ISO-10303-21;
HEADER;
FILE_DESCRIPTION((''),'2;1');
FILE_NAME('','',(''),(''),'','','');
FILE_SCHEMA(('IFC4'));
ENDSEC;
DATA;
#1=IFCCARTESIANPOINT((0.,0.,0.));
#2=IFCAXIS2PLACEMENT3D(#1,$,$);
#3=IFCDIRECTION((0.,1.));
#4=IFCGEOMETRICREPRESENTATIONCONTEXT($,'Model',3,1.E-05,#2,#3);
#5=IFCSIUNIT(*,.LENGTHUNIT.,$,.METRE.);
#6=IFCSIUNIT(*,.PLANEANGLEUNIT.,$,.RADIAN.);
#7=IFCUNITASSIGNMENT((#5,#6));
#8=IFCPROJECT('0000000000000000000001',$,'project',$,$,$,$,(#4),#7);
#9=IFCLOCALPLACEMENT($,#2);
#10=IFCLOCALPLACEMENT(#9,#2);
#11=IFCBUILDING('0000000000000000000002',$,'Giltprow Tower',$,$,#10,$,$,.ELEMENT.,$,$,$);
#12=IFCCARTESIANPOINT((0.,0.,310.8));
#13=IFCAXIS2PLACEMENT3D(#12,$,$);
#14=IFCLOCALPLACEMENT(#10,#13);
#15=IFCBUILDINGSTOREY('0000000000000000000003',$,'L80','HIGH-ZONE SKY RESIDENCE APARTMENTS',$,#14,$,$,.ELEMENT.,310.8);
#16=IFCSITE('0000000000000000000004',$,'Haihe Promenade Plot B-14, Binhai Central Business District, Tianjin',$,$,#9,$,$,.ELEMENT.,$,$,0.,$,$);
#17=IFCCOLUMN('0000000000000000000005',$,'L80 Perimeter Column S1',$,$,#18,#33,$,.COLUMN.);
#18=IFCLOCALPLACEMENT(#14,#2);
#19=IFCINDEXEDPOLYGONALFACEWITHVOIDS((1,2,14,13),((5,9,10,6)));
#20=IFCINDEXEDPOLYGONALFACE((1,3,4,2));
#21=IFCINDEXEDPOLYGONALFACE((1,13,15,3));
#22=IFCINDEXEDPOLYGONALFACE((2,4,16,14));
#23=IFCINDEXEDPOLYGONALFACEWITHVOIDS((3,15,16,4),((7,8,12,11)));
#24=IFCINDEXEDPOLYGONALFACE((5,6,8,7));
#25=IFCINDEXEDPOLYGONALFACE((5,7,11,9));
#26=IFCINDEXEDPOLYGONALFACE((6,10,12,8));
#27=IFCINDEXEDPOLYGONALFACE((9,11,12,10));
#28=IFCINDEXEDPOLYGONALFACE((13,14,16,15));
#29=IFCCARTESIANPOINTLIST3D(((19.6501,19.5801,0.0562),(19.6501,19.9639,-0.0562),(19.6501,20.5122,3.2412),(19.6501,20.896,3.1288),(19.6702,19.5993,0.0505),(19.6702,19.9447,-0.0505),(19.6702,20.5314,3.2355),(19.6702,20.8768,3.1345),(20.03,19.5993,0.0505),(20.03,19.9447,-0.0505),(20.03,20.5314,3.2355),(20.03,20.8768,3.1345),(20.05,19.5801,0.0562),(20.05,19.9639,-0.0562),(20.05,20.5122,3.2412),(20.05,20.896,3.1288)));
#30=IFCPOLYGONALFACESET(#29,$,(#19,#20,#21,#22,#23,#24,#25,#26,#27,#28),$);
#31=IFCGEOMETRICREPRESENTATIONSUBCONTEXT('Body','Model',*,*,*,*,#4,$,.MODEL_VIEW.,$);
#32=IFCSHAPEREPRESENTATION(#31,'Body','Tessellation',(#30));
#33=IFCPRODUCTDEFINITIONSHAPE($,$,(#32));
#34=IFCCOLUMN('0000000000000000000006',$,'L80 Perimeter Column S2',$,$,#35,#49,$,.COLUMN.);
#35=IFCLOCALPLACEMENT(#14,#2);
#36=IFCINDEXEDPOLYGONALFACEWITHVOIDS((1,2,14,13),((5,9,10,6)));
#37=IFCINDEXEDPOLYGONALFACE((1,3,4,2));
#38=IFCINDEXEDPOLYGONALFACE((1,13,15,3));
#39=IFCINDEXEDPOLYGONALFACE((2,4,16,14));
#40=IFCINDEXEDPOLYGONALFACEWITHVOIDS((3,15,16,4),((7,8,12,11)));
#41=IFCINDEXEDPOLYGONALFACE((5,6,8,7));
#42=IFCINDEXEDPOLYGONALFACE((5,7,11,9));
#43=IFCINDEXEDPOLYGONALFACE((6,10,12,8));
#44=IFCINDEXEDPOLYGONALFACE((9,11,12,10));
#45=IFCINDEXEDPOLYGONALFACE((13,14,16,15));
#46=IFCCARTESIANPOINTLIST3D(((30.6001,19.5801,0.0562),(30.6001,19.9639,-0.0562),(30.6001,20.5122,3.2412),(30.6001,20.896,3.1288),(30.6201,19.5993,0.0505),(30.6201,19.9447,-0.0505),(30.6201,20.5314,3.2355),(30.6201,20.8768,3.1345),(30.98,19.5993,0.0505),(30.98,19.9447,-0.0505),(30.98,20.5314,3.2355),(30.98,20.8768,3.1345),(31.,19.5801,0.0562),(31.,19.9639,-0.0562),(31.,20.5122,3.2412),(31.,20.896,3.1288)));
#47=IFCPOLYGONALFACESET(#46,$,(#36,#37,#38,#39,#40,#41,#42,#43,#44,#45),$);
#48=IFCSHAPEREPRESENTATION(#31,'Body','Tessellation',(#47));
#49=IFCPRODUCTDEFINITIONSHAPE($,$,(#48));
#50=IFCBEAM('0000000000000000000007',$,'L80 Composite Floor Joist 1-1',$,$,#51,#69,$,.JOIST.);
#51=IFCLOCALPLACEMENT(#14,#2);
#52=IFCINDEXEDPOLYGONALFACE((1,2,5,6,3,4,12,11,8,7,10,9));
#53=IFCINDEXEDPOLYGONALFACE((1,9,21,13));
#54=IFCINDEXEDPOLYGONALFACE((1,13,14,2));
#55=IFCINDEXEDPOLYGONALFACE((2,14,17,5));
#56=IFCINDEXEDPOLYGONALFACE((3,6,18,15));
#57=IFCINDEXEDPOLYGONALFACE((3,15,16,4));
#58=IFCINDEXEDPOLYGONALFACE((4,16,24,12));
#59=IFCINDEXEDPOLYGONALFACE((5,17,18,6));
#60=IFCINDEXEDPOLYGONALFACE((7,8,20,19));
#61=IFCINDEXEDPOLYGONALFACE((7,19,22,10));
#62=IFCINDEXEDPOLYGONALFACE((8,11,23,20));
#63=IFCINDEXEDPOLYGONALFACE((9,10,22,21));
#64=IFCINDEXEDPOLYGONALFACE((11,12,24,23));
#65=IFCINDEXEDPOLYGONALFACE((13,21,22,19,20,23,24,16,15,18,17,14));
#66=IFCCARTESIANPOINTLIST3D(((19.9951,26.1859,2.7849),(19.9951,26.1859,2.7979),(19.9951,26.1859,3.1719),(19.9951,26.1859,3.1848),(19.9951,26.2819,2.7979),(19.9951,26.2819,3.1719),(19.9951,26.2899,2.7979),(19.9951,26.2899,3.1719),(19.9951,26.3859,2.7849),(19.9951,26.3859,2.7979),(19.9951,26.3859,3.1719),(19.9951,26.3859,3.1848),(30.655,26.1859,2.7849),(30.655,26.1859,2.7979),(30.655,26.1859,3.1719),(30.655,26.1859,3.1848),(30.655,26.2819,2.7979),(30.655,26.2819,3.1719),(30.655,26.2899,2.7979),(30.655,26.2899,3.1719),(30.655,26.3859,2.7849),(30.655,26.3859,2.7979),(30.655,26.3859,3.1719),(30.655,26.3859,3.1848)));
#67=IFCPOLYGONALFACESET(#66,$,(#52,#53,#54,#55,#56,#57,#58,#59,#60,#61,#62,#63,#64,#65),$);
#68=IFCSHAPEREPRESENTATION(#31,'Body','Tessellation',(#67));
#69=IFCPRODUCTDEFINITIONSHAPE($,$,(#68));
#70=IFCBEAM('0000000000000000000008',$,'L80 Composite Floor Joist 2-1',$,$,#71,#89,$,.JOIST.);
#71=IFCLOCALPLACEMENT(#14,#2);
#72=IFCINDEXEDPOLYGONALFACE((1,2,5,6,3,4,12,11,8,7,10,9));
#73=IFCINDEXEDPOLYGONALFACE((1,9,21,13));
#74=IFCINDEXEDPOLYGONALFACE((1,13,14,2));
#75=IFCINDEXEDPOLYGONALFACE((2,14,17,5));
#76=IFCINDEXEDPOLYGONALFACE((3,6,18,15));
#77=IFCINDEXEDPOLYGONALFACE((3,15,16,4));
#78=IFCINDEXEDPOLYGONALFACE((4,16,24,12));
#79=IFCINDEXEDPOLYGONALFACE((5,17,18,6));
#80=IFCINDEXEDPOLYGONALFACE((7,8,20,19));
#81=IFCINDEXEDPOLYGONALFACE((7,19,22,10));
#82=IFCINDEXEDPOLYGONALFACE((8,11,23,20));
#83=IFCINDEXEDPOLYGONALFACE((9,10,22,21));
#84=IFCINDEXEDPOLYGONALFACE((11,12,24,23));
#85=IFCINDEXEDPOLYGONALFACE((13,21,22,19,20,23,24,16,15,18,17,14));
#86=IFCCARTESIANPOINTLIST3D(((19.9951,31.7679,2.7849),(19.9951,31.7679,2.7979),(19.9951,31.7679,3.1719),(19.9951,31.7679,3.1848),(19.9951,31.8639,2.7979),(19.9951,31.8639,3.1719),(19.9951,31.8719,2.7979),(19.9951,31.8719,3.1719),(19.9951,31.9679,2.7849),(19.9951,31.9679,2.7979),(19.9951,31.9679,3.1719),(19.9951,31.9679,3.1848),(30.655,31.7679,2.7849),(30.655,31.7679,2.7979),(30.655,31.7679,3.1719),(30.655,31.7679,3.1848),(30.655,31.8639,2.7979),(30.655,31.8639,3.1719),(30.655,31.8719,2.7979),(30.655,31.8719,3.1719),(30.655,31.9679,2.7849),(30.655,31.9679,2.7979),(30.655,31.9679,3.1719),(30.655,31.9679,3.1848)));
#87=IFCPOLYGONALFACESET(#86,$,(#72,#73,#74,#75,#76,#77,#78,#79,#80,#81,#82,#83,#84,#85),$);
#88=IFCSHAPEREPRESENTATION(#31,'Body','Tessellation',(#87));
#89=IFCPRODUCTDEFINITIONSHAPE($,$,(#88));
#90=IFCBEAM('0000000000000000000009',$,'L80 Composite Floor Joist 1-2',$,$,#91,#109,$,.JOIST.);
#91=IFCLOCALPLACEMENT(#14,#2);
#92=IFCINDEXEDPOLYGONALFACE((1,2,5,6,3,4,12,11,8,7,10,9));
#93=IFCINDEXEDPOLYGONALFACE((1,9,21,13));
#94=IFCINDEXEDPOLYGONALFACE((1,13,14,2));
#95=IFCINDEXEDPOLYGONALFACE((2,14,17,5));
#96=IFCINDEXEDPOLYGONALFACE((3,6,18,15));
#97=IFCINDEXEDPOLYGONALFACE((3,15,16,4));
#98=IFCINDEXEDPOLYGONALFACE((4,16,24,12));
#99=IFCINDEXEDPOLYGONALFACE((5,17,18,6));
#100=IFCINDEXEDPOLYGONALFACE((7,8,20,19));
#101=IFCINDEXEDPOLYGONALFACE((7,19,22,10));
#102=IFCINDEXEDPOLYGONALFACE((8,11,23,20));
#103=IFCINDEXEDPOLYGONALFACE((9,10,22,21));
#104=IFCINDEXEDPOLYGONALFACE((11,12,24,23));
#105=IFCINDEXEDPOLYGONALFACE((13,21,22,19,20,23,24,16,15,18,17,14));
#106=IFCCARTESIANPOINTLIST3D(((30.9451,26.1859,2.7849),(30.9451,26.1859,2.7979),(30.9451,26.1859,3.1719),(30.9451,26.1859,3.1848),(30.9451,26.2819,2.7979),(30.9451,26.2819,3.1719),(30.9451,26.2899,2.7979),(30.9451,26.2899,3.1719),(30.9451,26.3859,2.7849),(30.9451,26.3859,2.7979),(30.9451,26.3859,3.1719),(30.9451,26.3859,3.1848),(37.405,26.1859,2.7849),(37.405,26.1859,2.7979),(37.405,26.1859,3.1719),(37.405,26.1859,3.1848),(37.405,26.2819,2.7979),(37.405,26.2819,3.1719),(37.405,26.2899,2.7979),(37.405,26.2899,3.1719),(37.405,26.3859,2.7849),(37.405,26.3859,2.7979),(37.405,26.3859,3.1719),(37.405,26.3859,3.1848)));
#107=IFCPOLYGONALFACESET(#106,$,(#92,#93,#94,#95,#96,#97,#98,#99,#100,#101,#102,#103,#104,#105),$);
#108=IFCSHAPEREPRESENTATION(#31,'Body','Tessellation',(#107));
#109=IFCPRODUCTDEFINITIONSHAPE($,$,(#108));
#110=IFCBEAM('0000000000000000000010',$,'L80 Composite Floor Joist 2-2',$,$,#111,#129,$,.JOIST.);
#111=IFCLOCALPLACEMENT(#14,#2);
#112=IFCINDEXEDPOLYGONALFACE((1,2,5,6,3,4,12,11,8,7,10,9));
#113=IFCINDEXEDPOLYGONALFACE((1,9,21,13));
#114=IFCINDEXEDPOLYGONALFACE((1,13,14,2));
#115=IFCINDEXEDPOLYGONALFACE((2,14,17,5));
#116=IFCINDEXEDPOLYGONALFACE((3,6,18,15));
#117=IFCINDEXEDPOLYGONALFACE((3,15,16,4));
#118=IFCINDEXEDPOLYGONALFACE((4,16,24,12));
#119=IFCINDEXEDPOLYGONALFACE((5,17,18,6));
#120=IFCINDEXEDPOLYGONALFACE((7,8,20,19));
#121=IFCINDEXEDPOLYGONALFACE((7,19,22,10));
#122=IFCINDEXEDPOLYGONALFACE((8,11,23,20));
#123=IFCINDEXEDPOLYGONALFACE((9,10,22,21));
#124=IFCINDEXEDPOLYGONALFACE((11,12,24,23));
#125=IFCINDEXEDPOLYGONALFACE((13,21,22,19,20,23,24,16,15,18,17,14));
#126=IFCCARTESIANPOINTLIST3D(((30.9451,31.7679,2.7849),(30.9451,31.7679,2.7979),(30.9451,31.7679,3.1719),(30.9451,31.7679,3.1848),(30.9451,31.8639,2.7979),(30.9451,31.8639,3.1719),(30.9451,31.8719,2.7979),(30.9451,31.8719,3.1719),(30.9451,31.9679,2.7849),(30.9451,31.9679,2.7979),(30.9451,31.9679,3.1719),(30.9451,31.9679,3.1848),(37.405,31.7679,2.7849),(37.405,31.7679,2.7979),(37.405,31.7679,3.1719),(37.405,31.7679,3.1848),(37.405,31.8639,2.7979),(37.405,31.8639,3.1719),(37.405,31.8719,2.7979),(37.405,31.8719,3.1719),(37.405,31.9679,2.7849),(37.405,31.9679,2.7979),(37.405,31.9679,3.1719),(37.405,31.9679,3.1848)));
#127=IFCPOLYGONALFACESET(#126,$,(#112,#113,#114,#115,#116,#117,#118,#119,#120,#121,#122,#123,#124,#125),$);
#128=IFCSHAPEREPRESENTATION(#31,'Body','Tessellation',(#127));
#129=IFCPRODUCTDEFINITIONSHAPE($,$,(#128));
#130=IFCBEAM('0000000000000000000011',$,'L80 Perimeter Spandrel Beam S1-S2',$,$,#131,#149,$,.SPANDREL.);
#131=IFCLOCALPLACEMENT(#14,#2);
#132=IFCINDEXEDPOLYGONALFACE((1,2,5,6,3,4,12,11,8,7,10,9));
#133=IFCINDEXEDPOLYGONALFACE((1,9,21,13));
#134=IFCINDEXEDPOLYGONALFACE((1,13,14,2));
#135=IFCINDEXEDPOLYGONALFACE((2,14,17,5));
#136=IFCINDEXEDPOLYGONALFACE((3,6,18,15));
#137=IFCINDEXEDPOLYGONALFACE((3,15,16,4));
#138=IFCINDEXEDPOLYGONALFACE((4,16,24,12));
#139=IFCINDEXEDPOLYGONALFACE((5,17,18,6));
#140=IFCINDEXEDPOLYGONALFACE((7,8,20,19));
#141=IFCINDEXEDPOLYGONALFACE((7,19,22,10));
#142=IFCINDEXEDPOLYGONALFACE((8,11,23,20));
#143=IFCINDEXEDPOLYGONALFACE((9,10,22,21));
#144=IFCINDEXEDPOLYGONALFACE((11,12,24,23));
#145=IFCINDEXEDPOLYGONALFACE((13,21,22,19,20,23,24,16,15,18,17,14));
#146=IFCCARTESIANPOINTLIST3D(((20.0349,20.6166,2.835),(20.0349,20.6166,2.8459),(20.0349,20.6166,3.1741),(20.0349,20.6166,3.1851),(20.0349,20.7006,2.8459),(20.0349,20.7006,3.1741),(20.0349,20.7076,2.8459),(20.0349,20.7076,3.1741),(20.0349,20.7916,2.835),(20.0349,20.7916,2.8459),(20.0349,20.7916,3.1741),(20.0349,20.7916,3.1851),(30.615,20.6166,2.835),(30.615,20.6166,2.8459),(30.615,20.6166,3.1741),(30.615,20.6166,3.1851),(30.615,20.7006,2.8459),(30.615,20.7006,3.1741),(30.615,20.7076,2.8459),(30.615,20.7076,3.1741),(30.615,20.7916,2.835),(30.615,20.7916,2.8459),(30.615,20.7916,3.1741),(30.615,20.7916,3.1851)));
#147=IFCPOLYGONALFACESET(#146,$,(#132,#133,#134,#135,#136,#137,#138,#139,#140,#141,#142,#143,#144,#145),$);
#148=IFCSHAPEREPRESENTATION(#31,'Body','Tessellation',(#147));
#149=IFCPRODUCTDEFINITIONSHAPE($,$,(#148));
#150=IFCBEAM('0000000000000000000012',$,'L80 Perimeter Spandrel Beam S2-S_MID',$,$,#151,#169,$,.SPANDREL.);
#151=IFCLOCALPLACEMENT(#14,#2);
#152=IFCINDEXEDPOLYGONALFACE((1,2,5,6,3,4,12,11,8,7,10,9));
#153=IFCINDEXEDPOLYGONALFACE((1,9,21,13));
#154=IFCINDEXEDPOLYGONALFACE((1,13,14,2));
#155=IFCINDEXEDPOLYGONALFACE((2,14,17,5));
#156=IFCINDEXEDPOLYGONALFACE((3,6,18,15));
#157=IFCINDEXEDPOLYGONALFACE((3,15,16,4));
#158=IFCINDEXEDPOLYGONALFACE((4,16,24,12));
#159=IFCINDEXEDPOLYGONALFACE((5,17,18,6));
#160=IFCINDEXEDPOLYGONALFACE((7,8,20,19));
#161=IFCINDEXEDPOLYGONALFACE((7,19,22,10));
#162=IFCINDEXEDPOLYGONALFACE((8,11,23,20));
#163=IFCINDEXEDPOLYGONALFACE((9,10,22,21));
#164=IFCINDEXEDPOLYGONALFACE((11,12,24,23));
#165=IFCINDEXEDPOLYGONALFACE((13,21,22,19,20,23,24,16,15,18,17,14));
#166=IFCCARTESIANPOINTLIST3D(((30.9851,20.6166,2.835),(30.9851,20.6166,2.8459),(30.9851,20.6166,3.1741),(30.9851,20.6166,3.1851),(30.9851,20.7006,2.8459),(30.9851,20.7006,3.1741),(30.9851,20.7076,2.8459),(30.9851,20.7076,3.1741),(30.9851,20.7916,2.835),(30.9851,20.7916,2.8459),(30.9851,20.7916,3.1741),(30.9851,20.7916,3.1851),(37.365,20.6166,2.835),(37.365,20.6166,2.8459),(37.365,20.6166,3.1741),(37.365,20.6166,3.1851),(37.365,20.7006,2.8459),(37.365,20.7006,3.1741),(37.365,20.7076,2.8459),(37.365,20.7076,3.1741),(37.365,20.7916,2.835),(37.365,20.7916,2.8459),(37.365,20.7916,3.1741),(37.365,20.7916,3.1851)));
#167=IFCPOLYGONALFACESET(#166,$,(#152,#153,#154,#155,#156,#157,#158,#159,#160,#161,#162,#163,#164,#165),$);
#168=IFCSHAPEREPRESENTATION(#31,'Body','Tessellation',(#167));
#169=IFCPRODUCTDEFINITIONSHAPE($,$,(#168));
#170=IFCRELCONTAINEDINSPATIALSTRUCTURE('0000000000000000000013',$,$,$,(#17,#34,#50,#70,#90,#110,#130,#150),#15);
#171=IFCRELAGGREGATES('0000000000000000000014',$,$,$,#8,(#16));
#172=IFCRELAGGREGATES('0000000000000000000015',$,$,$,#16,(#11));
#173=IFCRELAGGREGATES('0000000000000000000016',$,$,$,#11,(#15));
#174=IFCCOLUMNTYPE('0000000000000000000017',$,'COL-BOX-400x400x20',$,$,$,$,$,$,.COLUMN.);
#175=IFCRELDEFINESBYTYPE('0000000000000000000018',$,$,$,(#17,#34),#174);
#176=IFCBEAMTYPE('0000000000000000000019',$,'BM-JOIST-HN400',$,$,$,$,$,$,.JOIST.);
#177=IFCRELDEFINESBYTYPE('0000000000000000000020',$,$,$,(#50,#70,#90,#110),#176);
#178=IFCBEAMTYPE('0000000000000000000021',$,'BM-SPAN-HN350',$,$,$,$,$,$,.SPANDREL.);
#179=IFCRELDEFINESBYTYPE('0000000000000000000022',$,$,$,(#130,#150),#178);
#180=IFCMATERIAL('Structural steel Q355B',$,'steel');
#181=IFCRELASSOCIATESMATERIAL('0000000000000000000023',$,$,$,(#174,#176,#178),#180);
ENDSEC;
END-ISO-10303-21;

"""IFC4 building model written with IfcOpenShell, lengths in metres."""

from ifc_helpers import new_model, si_unit, direction, frame, origin, origin_2d, place, context, subcontext, project, spatial, hollow_rectangle, i_section, extrude, source, transform, mapped, material, material_profile, profile_set, type_object, element, save


model = new_model("IFC4")

# Units and contexts
model_context = context("Model", 3, precision=1e-05, world=origin(), true_north=direction((0.0, 1.0)))
body_context = subcontext(model_context, "Body", "Model", "MODEL_VIEW")
ifc_project = project(units=[si_unit("LENGTHUNIT", "METRE"), si_unit("PLANEANGLEUNIT", "RADIAN")], contexts=[model_context])

# Site, building, storey
site_placement = place(None, origin())
site = spatial("IfcSite", under=ifc_project, at=site_placement, Name="Haihe Promenade Plot B-14, Binhai Central Business District, Tianjin", CompositionType="ELEMENT", RefElevation=0.0)
building_placement = place(site_placement, origin())
building = spatial("IfcBuilding", under=site, at=building_placement, Name="Giltprow Tower", CompositionType="ELEMENT")
storey_placement = place(building_placement, frame((0.0, 0.0, 310.8)))
storey = spatial("IfcBuildingStorey", under=building, at=storey_placement, Name="L80", Description="HIGH-ZONE SKY RESIDENCE APARTMENTS", CompositionType="ELEMENT", Elevation=310.8)

# Columns
ifc_material_1 = material(Name="Structural steel Q355B", Category="steel")
ifc_material_profile_1 = material_profile(ifc_material_1, hollow_rectangle(XDim=0.3999, YDim=0.3999, WallThickness=0.02, at=origin_2d()), Name="BOX 400x400x20")
ifc_profile_set_1 = profile_set([ifc_material_profile_1], Name="Structural steel Q355B")
column_type = type_object("IfcColumnType", Name="COL-BOX-400x400x20", PredefinedType="COLUMN", material=ifc_profile_set_1)
shared_shape_1 = source(origin(), body_context, "Body", "SweptSolid", [
    extrude(hollow_rectangle(XDim=0.3999, YDim=0.3999, WallThickness=0.02, at=origin_2d()), origin(), (0.0, 0.0, 1.0), 3.3186),
])
for number, where, z_axis, x_axis, name in (
    (1, (19.8501, 19.772, 0.0), (0.0, 0.280876, 0.959744), (-1.0, 0.0, 0.0), "L80 Perimeter Column S1"),
    (2, (30.8, 19.772, 0.0), (0.0, 0.280876, 0.959744), (-1.0, 0.0, 0.0), "L80 Perimeter Column S2"),
):
    element("IfcColumn", number, at=place(storey_placement, frame(where, z_axis=z_axis, x_axis=x_axis)), inside=storey, type_object=column_type, Name=name, PredefinedType="COLUMN", context=body_context, shape_type="MappedRepresentation", body=[
        mapped(shared_shape_1, transform((0.0, 0.0, 0.0), x_axis=(1.0, 0.0, 0.0), y_axis=(0.0, 1.0, 0.0), z_axis=(0.0, 0.0, 1.0), scale=1.0)),
    ])

# Beams
ifc_material_profile_2 = material_profile(ifc_material_1, i_section(OverallWidth=0.2, OverallDepth=0.3999, WebThickness=0.0081, FlangeThickness=0.0129, at=origin_2d()), Name="HN 400x200x8x13")
ifc_profile_set_2 = profile_set([ifc_material_profile_2], Name="Structural steel Q355B")
beam_type_1 = type_object("IfcBeamType", Name="BM-JOIST-HN400", PredefinedType="JOIST", material=ifc_profile_set_2)
shared_shape_2 = source(origin(), body_context, "Body", "SweptSolid", [
    extrude(i_section(OverallWidth=0.2, OverallDepth=0.3999, WebThickness=0.0081, FlangeThickness=0.0129, at=origin_2d()), origin(), (0.0, 0.0, 1.0), 10.6599),
])
for number, where, z_axis, x_axis, name in (
    (3, (19.9951, 26.2859, 2.9849), (1.0, 0.0, 0.0), (0.0, 1.0, 0.0), "L80 Composite Floor Joist 1-1"),
    (4, (19.9951, 31.8679, 2.9849), (1.0, 0.0, 0.0), (0.0, 1.0, 0.0), "L80 Composite Floor Joist 2-1"),
):
    element("IfcBeam", number, at=place(storey_placement, frame(where, z_axis=z_axis, x_axis=x_axis)), inside=storey, type_object=beam_type_1, Name=name, PredefinedType="JOIST", context=body_context, shape_type="MappedRepresentation", body=[
        mapped(shared_shape_2, transform((0.0, 0.0, 0.0), x_axis=(1.0, 0.0, 0.0), y_axis=(0.0, 1.0, 0.0), z_axis=(0.0, 0.0, 1.0), scale=1.0)),
    ])
shared_shape_3 = source(origin(), body_context, "Body", "SweptSolid", [
    extrude(i_section(OverallWidth=0.2, OverallDepth=0.3999, WebThickness=0.0081, FlangeThickness=0.0129, at=origin_2d()), origin(), (0.0, 0.0, 1.0), 6.46),
])
for number, where, z_axis, x_axis, name in (
    (5, (30.9451, 26.2859, 2.9849), (1.0, 0.0, 0.0), (0.0, 1.0, 0.0), "L80 Composite Floor Joist 1-2"),
    (6, (30.9451, 31.8679, 2.9849), (1.0, 0.0, 0.0), (0.0, 1.0, 0.0), "L80 Composite Floor Joist 2-2"),
):
    element("IfcBeam", number, at=place(storey_placement, frame(where, z_axis=z_axis, x_axis=x_axis)), inside=storey, type_object=beam_type_1, Name=name, PredefinedType="JOIST", context=body_context, shape_type="MappedRepresentation", body=[
        mapped(shared_shape_3, transform((0.0, 0.0, 0.0), x_axis=(1.0, 0.0, 0.0), y_axis=(0.0, 1.0, 0.0), z_axis=(0.0, 0.0, 1.0), scale=1.0)),
    ])
ifc_material_profile_3 = material_profile(ifc_material_1, i_section(OverallWidth=0.175, OverallDepth=0.3501, WebThickness=0.0071, FlangeThickness=0.011, at=origin_2d()), Name="HN 350x175x7x11")
ifc_profile_set_3 = profile_set([ifc_material_profile_3], Name="Structural steel Q355B")
beam_type_2 = type_object("IfcBeamType", Name="BM-SPAN-HN350", PredefinedType="SPANDREL", material=ifc_profile_set_3)
shared_shape_4 = source(origin(), body_context, "Body", "SweptSolid", [
    extrude(i_section(OverallWidth=0.175, OverallDepth=0.3501, WebThickness=0.0071, FlangeThickness=0.011, at=origin_2d()), origin(), (0.0, 0.0, 1.0), 10.5801),
])
beam_1_placement = place(storey_placement, frame((20.0349, 20.7041, 3.01), z_axis=(1.0, 0.0, 0.0), x_axis=(0.0, 1.0, 0.0)))
element("IfcBeam", 7, at=beam_1_placement, inside=storey, type_object=beam_type_2, Name="L80 Perimeter Spandrel Beam S1-S2", PredefinedType="SPANDREL", context=body_context, shape_type="MappedRepresentation", body=[
    mapped(shared_shape_4, transform((0.0, 0.0, 0.0), x_axis=(1.0, 0.0, 0.0), y_axis=(0.0, 1.0, 0.0), z_axis=(0.0, 0.0, 1.0), scale=1.0)),
])
shared_shape_5 = source(origin(), body_context, "Body", "SweptSolid", [
    extrude(i_section(OverallWidth=0.175, OverallDepth=0.3501, WebThickness=0.0071, FlangeThickness=0.011, at=origin_2d()), origin(), (0.0, 0.0, 1.0), 6.3799),
])
beam_2_placement = place(storey_placement, frame((30.9851, 20.7041, 3.01), z_axis=(1.0, 0.0, 0.0), x_axis=(0.0, 1.0, 0.0)))
element("IfcBeam", 8, at=beam_2_placement, inside=storey, type_object=beam_type_2, Name="L80 Perimeter Spandrel Beam S2-S_MID", PredefinedType="SPANDREL", context=body_context, shape_type="MappedRepresentation", body=[
    mapped(shared_shape_5, transform((0.0, 0.0, 0.0), x_axis=(1.0, 0.0, 0.0), y_axis=(0.0, 1.0, 0.0), z_axis=(0.0, 0.0, 1.0), scale=1.0)),
])

save(model, "model.ifc")
